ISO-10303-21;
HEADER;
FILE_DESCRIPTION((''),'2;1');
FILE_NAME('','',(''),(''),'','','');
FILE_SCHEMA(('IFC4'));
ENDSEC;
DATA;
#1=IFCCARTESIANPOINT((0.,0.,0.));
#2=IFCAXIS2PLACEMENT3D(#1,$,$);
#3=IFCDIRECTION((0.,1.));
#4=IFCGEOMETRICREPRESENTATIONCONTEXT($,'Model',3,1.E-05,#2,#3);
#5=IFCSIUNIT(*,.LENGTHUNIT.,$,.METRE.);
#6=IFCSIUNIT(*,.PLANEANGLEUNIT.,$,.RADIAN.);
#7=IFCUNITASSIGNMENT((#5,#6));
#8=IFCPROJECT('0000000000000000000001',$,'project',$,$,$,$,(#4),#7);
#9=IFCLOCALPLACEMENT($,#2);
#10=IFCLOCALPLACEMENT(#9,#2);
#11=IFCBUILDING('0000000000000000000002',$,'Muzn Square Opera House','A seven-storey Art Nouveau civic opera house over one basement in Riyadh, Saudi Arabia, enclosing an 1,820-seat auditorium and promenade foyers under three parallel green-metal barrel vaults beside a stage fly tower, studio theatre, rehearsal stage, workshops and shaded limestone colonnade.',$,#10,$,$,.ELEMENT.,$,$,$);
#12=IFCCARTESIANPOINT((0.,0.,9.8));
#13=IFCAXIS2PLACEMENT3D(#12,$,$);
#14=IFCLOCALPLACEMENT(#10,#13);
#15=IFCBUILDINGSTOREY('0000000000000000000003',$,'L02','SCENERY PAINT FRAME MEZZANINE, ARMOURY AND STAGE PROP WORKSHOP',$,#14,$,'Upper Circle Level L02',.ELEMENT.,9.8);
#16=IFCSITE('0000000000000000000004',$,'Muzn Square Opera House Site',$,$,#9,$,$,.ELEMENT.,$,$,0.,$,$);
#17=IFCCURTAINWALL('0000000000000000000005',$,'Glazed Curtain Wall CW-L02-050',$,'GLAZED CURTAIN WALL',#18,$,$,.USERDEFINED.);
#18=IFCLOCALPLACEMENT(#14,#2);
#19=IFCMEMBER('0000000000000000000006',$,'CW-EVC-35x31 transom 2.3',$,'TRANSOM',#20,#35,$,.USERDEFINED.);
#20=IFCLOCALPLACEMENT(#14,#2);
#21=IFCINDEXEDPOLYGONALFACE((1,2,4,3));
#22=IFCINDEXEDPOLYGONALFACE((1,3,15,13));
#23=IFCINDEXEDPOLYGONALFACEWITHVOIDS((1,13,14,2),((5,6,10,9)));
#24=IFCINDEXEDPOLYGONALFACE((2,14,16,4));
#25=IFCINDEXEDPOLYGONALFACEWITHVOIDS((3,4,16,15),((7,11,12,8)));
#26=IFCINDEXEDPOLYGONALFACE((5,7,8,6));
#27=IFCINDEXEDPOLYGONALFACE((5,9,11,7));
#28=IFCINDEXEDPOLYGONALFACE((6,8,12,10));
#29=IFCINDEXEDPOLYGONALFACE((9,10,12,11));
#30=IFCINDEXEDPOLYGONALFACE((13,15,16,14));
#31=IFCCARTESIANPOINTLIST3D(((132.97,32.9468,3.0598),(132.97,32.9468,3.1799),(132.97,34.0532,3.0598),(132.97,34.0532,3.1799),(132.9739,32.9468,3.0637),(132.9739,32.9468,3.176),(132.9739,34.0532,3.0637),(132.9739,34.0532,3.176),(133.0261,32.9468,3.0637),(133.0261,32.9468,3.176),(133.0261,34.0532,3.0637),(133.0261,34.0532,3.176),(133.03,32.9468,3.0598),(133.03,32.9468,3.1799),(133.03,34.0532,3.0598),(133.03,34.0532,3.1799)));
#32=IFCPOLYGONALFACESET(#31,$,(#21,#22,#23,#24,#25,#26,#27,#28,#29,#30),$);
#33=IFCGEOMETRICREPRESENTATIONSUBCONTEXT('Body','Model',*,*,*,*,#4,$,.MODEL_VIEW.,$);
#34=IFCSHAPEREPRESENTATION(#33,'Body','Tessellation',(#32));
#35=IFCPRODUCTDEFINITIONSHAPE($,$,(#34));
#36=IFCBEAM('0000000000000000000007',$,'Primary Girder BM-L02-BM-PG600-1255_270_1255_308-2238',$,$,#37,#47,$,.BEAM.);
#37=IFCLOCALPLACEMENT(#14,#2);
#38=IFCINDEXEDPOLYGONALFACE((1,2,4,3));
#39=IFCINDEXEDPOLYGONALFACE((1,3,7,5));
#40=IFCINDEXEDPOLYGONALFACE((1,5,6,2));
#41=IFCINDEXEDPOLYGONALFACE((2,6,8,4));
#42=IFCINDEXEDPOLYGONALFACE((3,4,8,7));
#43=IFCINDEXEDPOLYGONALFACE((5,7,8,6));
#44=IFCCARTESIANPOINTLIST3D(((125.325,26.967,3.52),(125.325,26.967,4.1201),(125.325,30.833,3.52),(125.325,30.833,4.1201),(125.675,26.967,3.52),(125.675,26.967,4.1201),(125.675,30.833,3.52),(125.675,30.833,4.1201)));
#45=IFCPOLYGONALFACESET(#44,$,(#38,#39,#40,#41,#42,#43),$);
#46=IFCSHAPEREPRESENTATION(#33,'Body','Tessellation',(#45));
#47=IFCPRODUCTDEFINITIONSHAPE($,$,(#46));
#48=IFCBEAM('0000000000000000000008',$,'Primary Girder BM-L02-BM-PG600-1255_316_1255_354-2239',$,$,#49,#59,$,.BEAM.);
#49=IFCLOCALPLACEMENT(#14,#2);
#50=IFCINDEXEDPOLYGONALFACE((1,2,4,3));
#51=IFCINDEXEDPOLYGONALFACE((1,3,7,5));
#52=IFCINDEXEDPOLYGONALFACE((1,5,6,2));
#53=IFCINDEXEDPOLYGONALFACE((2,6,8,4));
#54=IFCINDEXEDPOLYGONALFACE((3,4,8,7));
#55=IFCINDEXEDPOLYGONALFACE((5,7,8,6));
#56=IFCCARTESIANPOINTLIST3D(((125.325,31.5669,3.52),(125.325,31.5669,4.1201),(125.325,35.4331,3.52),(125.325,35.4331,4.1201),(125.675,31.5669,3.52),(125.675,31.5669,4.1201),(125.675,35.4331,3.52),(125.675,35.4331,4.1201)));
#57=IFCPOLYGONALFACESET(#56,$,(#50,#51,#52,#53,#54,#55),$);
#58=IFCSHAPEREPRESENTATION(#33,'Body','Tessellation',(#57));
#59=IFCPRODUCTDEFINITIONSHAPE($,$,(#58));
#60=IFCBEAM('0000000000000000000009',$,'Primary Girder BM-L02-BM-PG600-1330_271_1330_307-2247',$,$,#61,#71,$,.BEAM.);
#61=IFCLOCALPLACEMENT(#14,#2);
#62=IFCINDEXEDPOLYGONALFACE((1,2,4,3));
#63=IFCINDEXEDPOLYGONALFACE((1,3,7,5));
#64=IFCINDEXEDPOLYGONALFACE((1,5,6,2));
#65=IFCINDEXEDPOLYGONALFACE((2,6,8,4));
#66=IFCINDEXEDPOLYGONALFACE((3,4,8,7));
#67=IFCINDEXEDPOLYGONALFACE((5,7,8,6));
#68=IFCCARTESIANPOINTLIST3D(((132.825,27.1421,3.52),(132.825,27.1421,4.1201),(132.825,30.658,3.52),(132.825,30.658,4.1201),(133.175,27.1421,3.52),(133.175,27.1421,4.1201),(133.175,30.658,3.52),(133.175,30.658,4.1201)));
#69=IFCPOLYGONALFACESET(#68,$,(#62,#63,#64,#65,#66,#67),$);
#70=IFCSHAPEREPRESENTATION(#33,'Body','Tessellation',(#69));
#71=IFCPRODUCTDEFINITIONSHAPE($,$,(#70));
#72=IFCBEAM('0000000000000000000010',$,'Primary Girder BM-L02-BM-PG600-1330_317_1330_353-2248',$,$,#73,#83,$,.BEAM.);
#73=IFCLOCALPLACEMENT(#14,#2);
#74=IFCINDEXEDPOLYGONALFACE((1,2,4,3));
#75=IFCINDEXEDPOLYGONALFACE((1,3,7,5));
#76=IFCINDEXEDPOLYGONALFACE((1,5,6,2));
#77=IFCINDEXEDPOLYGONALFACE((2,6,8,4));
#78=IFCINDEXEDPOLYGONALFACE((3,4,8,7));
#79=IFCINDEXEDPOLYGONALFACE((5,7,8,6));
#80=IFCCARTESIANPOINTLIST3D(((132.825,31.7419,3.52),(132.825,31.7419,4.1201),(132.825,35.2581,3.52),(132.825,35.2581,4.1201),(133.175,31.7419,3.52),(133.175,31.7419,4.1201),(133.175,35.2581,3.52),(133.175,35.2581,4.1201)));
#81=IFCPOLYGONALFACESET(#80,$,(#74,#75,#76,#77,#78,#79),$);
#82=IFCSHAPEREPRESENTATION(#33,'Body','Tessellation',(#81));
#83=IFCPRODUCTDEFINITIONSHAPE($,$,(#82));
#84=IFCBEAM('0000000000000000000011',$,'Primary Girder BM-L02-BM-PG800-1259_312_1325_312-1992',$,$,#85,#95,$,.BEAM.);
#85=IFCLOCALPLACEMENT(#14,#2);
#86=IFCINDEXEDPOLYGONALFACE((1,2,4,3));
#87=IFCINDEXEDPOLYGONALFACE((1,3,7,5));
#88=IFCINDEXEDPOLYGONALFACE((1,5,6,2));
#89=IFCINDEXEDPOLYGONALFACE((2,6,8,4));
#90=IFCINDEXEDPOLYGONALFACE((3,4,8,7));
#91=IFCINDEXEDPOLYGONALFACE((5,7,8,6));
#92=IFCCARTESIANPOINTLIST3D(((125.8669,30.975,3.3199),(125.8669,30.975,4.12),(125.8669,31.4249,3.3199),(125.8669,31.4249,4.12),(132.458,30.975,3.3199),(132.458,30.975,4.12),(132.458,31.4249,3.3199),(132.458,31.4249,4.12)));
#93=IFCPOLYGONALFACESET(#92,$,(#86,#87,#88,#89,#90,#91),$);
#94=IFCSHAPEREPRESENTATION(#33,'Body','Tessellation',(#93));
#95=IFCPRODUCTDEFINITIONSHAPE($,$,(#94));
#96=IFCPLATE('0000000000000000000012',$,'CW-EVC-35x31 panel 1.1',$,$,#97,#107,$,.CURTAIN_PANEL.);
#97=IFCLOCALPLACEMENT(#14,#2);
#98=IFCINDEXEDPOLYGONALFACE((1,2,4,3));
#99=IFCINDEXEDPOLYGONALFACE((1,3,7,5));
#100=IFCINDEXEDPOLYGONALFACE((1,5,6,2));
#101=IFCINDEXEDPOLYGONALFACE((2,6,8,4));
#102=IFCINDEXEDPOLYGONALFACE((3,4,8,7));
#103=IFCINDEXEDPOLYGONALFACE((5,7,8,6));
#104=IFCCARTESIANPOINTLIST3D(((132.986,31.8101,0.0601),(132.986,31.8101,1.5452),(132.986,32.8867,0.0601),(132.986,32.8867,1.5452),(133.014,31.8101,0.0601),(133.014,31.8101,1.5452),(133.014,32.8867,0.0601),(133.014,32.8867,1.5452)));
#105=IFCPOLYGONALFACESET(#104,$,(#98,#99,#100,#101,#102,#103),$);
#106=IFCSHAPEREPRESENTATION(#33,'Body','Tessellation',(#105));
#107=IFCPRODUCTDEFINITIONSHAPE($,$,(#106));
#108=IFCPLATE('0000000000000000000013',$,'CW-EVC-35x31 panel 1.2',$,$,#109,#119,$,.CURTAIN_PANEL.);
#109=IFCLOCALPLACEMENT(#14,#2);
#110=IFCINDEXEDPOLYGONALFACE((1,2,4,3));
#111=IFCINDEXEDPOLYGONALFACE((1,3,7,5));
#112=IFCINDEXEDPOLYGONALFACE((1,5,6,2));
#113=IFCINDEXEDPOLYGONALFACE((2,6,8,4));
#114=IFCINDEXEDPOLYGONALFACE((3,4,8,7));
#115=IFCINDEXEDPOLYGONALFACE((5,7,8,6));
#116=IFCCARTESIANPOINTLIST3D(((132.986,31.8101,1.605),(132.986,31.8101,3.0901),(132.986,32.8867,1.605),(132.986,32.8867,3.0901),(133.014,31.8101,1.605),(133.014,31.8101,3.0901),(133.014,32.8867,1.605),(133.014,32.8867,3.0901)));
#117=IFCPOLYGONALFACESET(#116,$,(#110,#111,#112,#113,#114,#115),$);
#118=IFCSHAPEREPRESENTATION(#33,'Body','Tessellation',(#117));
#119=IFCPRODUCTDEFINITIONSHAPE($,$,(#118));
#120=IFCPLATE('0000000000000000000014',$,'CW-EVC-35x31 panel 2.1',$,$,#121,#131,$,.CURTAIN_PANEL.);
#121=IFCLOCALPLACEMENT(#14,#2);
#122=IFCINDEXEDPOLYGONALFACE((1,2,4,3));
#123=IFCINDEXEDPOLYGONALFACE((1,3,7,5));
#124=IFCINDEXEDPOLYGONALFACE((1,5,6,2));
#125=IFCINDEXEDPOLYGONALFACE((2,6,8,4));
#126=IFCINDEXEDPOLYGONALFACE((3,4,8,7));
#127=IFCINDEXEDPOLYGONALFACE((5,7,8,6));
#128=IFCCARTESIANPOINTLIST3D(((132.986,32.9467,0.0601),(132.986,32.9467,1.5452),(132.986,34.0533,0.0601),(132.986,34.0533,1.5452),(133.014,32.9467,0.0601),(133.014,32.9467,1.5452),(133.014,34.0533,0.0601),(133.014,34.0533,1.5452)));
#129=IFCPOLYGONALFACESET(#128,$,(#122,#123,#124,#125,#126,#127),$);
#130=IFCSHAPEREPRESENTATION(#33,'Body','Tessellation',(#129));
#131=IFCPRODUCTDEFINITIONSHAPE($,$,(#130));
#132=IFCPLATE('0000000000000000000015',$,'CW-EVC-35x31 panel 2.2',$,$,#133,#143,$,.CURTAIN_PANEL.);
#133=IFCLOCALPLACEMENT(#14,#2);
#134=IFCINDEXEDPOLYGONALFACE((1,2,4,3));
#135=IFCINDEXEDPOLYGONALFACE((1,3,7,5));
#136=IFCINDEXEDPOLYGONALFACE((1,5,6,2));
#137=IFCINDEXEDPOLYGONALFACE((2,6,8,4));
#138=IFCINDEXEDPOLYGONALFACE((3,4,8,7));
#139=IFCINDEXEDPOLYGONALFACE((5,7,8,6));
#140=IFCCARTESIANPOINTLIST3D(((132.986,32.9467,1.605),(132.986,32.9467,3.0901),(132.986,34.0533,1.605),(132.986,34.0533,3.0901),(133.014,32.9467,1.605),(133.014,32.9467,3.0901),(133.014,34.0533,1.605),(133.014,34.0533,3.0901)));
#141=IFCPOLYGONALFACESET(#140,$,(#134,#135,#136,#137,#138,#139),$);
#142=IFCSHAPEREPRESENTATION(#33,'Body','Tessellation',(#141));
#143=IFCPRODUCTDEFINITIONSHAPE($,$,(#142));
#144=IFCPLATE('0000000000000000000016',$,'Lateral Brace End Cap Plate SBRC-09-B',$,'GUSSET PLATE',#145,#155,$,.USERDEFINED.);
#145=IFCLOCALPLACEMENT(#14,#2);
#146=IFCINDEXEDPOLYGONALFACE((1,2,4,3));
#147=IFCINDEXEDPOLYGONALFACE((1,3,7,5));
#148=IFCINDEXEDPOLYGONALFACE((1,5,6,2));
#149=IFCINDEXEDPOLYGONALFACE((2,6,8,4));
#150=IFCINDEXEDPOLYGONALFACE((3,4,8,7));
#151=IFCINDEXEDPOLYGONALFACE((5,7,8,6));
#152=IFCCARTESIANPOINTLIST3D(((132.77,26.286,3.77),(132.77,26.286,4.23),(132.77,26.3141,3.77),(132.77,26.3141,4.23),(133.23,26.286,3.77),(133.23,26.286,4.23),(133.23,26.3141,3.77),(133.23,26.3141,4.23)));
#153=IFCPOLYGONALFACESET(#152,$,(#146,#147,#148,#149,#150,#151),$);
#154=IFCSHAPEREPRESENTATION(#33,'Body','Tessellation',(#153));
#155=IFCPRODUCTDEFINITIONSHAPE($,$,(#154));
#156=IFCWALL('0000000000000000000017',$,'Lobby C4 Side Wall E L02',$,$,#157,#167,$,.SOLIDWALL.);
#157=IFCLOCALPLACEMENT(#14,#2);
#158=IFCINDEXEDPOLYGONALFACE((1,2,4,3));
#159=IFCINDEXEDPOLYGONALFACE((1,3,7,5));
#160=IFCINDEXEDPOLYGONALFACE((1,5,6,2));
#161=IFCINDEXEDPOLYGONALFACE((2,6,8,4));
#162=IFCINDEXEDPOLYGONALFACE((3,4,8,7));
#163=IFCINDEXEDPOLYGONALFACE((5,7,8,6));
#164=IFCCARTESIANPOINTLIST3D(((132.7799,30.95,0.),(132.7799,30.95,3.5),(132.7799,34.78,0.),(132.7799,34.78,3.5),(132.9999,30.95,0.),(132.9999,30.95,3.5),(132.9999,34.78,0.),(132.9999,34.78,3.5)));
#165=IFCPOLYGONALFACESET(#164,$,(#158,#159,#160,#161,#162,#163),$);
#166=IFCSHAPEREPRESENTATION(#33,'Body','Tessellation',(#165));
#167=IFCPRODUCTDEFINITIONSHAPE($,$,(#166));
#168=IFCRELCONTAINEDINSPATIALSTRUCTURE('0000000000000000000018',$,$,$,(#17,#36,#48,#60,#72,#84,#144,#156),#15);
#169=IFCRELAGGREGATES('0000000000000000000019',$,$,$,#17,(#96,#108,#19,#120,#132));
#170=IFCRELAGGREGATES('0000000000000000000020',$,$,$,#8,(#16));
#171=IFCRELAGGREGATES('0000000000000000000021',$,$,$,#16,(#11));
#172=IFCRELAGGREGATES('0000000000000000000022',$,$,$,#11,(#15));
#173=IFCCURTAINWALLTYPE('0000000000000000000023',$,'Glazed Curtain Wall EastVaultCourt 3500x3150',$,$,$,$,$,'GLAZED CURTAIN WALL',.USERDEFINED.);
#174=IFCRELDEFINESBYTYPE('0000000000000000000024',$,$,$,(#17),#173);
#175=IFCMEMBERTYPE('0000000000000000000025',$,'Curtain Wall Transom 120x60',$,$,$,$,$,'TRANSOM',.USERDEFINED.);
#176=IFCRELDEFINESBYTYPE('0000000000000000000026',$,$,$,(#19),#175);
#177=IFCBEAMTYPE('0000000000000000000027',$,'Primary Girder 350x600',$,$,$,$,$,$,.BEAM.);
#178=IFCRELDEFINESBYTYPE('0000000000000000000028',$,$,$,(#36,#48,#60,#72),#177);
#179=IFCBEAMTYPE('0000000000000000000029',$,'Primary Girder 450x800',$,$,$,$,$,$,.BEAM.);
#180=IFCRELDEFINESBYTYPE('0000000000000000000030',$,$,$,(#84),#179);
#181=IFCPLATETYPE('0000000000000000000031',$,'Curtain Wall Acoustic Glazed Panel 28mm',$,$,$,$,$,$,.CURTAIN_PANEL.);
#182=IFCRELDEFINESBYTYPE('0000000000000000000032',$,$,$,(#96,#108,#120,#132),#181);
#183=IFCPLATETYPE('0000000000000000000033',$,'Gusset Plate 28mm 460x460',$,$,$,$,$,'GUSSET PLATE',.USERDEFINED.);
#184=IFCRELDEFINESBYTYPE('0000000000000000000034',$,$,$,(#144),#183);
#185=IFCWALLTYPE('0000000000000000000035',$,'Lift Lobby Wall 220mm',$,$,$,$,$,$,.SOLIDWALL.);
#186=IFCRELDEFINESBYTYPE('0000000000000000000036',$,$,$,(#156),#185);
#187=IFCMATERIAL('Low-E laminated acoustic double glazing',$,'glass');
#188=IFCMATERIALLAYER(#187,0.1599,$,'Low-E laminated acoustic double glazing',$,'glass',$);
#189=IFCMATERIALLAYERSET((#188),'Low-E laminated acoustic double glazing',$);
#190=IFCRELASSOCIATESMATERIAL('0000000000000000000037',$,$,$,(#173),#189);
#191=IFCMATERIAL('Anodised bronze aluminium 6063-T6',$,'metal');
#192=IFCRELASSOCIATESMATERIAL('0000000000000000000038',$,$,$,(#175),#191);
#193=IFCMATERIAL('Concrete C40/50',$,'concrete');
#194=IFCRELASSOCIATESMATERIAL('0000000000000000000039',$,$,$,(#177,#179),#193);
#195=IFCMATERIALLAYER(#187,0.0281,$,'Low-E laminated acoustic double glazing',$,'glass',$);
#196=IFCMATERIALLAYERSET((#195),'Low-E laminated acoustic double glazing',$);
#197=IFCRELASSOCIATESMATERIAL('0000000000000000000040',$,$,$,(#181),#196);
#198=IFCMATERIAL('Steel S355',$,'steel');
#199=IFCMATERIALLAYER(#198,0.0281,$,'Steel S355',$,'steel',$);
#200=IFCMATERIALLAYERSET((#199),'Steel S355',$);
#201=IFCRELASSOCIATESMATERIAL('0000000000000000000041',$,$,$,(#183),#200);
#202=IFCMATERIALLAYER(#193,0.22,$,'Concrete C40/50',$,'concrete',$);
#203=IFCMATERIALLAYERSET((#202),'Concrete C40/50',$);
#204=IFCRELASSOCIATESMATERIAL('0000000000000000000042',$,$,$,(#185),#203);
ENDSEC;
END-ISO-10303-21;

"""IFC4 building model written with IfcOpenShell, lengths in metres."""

from ifc_helpers import new_model, si_unit, direction, frame, frame_2d, origin, origin_2d, place, context, subcontext, project, spatial, rectangle, hollow_rectangle, extrude, material, layer, layer_set, material_profile, profile_set, type_object, element, aggregate, save


model = new_model("IFC4")

# Units and contexts
model_context = context("Model", 3, precision=1e-05, world=origin(), true_north=direction((0.0, 1.0)))
body_context = subcontext(model_context, "Body", "Model", "MODEL_VIEW")
ifc_project = project(units=[si_unit("LENGTHUNIT", "METRE"), si_unit("PLANEANGLEUNIT", "RADIAN")], contexts=[model_context])

# Site, building, storey
site_placement = place(None, origin())
site = spatial("IfcSite", under=ifc_project, at=site_placement, Name="Muzn Square Opera House Site", CompositionType="ELEMENT", RefElevation=0.0)
building_placement = place(site_placement, origin())
building = spatial("IfcBuilding", under=site, at=building_placement, Name="Muzn Square Opera House", Description="A seven-storey Art Nouveau civic opera house over one basement in Riyadh, Saudi Arabia, enclosing an 1,820-seat auditorium and promenade foyers under three parallel green-metal barrel vaults beside a stage fly tower, studio theatre, rehearsal stage, workshops and shaded limestone colonnade.", CompositionType="ELEMENT")
storey_placement = place(building_placement, frame((0.0, 0.0, 9.8)))
storey = spatial("IfcBuildingStorey", under=building, at=storey_placement, Name="L02", Description="SCENERY PAINT FRAME MEZZANINE, ARMOURY AND STAGE PROP WORKSHOP", LongName="Upper Circle Level L02", CompositionType="ELEMENT", Elevation=9.8)

# Curtain wall, member
ifc_material_1 = material(Name="Low-E laminated acoustic double glazing", Category="glass")
ifc_layer_1 = layer(ifc_material_1, 0.1599, Name="Low-E laminated acoustic double glazing", Category="glass")
ifc_layer_set_1 = layer_set([ifc_layer_1], Name="Low-E laminated acoustic double glazing")
curtain_wall_type = type_object("IfcCurtainWallType", Name="Glazed Curtain Wall EastVaultCourt 3500x3150", ElementType="GLAZED CURTAIN WALL", PredefinedType="USERDEFINED", material=ifc_layer_set_1)
curtain_wall_placement = place(storey_placement, origin())
curtain_wall = element("IfcCurtainWall", 1, at=curtain_wall_placement, inside=storey, type_object=curtain_wall_type, Name="Glazed Curtain Wall CW-L02-050", ObjectType="GLAZED CURTAIN WALL", PredefinedType="USERDEFINED")
ifc_material_2 = material(Name="Anodised bronze aluminium 6063-T6", Category="metal")
ifc_material_profile_1 = material_profile(ifc_material_2, hollow_rectangle(XDim=0.0601, YDim=0.1201, WallThickness=0.0039, at=origin_2d()), Name="ALU 120x60x4", Category="metal")
ifc_profile_set_1 = profile_set([ifc_material_profile_1], Name="Anodised bronze aluminium 6063-T6")
member_type_1 = type_object("IfcMemberType", Name="Curtain Wall Transom 120x60", ElementType="TRANSOM", PredefinedType="USERDEFINED", material=ifc_profile_set_1)
member_1_placement = place(storey_placement, frame((133.0, 32.9468, 3.1199), z_axis=(0.0, 1.0, 0.0), x_axis=(-1.0, 0.0, 0.0)))
member_1 = element("IfcMember", 2, at=member_1_placement, type_object=member_type_1, Name="CW-EVC-35x31 transom 2.3", ObjectType="TRANSOM", PredefinedType="USERDEFINED", context=body_context, shape_type="SweptSolid", body=[
    extrude(hollow_rectangle(XDim=0.0601, YDim=0.1201, WallThickness=0.0039, at=origin_2d()), origin(), (0.0, 0.0, 1.0), 1.1064),
])

# Beams
ifc_material_3 = material(Name="Concrete C40/50", Category="concrete")
ifc_material_profile_2 = material_profile(ifc_material_3, rectangle(XDim=0.3501, YDim=0.6001, at=origin_2d()), Name="RCB 350x600", Category="concrete")
ifc_profile_set_2 = profile_set([ifc_material_profile_2], Name="Concrete C40/50")
beam_type_1 = type_object("IfcBeamType", Name="Primary Girder 350x600", PredefinedType="BEAM", material=ifc_profile_set_2)
beam_1_placement = place(storey_placement, frame((125.5, 26.967, 3.8201), z_axis=(0.0, 1.0, 0.0), x_axis=(-1.0, 0.0, 0.0)))
element("IfcBeam", 3, at=beam_1_placement, inside=storey, type_object=beam_type_1, Name="Primary Girder BM-L02-BM-PG600-1255_270_1255_308-2238", PredefinedType="BEAM", context=body_context, shape_type="SweptSolid", body=[
    extrude(rectangle(XDim=0.3501, YDim=0.6001, at=origin_2d()), origin(), (0.0, 0.0, 1.0), 3.866),
])
beam_2_placement = place(storey_placement, frame((125.5, 31.5669, 3.8201), z_axis=(0.0, 1.0, 0.0), x_axis=(-1.0, 0.0, 0.0)))
element("IfcBeam", 4, at=beam_2_placement, inside=storey, type_object=beam_type_1, Name="Primary Girder BM-L02-BM-PG600-1255_316_1255_354-2239", PredefinedType="BEAM", context=body_context, shape_type="SweptSolid", body=[
    extrude(rectangle(XDim=0.3501, YDim=0.6001, at=origin_2d()), origin(), (0.0, 0.0, 1.0), 3.8662),
])
beam_3_placement = place(storey_placement, frame((133.0, 27.1421, 3.8201), z_axis=(0.0, 1.0, 0.0), x_axis=(-1.0, 0.0, 0.0)))
element("IfcBeam", 5, at=beam_3_placement, inside=storey, type_object=beam_type_1, Name="Primary Girder BM-L02-BM-PG600-1330_271_1330_307-2247", PredefinedType="BEAM", context=body_context, shape_type="SweptSolid", body=[
    extrude(rectangle(XDim=0.3501, YDim=0.6001, at=origin_2d()), origin(), (0.0, 0.0, 1.0), 3.5159),
])
beam_4_placement = place(storey_placement, frame((133.0, 31.7419, 3.8201), z_axis=(0.0, 1.0, 0.0), x_axis=(-1.0, 0.0, 0.0)))
element("IfcBeam", 6, at=beam_4_placement, inside=storey, type_object=beam_type_1, Name="Primary Girder BM-L02-BM-PG600-1330_317_1330_353-2248", PredefinedType="BEAM", context=body_context, shape_type="SweptSolid", body=[
    extrude(rectangle(XDim=0.3501, YDim=0.6001, at=origin_2d()), origin(), (0.0, 0.0, 1.0), 3.5161),
])
ifc_material_profile_3 = material_profile(ifc_material_3, rectangle(XDim=0.45, YDim=0.8, at=origin_2d()), Name="RCB 450x800", Category="concrete")
ifc_profile_set_3 = profile_set([ifc_material_profile_3], Name="Concrete C40/50")
beam_type_2 = type_object("IfcBeamType", Name="Primary Girder 450x800", PredefinedType="BEAM", material=ifc_profile_set_3)
beam_5_placement = place(storey_placement, frame((125.8669, 31.2, 3.72), z_axis=(1.0, 0.0, 0.0), x_axis=(0.0, 1.0, 0.0)))
element("IfcBeam", 7, at=beam_5_placement, inside=storey, type_object=beam_type_2, Name="Primary Girder BM-L02-BM-PG800-1259_312_1325_312-1992", PredefinedType="BEAM", context=body_context, shape_type="SweptSolid", body=[
    extrude(rectangle(XDim=0.45, YDim=0.8, at=origin_2d()), origin(), (0.0, 0.0, 1.0), 6.5911),
])

# Plates
ifc_layer_2 = layer(ifc_material_1, 0.0281, Name="Low-E laminated acoustic double glazing", Category="glass")
ifc_layer_set_2 = layer_set([ifc_layer_2], Name="Low-E laminated acoustic double glazing")
plate_type_1 = type_object("IfcPlateType", Name="Curtain Wall Acoustic Glazed Panel 28mm", PredefinedType="CURTAIN_PANEL", material=ifc_layer_set_2)
plate_1_placement = place(storey_placement, frame((133.0, 32.3484, 0.0601), z_axis=(0.0, 0.0, 1.0), x_axis=(0.0, 1.0, 0.0)))
plate_1 = element("IfcPlate", 8, at=plate_1_placement, type_object=plate_type_1, Name="CW-EVC-35x31 panel 1.1", PredefinedType="CURTAIN_PANEL", context=body_context, shape_type="SweptSolid", body=[
    extrude(rectangle(XDim=1.0767, YDim=0.0281, at=origin_2d()), origin(), (0.0, 0.0, 1.0), 1.4851),
])
plate_2_placement = place(storey_placement, frame((133.0, 32.3484, 1.605), z_axis=(0.0, 0.0, 1.0), x_axis=(0.0, 1.0, 0.0)))
plate_2 = element("IfcPlate", 9, at=plate_2_placement, type_object=plate_type_1, Name="CW-EVC-35x31 panel 1.2", PredefinedType="CURTAIN_PANEL", context=body_context, shape_type="SweptSolid", body=[
    extrude(rectangle(XDim=1.0767, YDim=0.0281, at=origin_2d()), origin(), (0.0, 0.0, 1.0), 1.4851),
])
plate_3_placement = place(storey_placement, frame((133.0, 33.5, 0.0601), z_axis=(0.0, 0.0, 1.0), x_axis=(0.0, 1.0, 0.0)))
plate_3 = element("IfcPlate", 10, at=plate_3_placement, type_object=plate_type_1, Name="CW-EVC-35x31 panel 2.1", PredefinedType="CURTAIN_PANEL", context=body_context, shape_type="SweptSolid", body=[
    extrude(rectangle(XDim=1.1067, YDim=0.0281, at=origin_2d()), origin(), (0.0, 0.0, 1.0), 1.4851),
])
plate_4_placement = place(storey_placement, frame((133.0, 33.5, 1.605), z_axis=(0.0, 0.0, 1.0), x_axis=(0.0, 1.0, 0.0)))
plate_4 = element("IfcPlate", 11, at=plate_4_placement, type_object=plate_type_1, Name="CW-EVC-35x31 panel 2.2", PredefinedType="CURTAIN_PANEL", context=body_context, shape_type="SweptSolid", body=[
    extrude(rectangle(XDim=1.1067, YDim=0.0281, at=origin_2d()), origin(), (0.0, 0.0, 1.0), 1.4851),
])
aggregate(curtain_wall, [plate_1, plate_2, member_1, plate_3, plate_4])
ifc_material_4 = material(Name="Steel S355", Category="steel")
ifc_layer_3 = layer(ifc_material_4, 0.0281, Name="Steel S355", Category="steel")
ifc_layer_set_3 = layer_set([ifc_layer_3], Name="Steel S355")
plate_type_2 = type_object("IfcPlateType", Name="Gusset Plate 28mm 460x460", ElementType="GUSSET PLATE", PredefinedType="USERDEFINED", material=ifc_layer_set_3)
plate_5_placement = place(storey_placement, frame((133.0, 26.3, 3.77), z_axis=(0.0, 0.0, 1.0), x_axis=(1.0, 0.0, 0.0)))
element("IfcPlate", 12, at=plate_5_placement, inside=storey, type_object=plate_type_2, Name="Lateral Brace End Cap Plate SBRC-09-B", ObjectType="GUSSET PLATE", PredefinedType="USERDEFINED", context=body_context, shape_type="SweptSolid", body=[
    extrude(rectangle(XDim=0.46, YDim=0.0281, at=origin_2d()), origin(), (0.0, 0.0, 1.0), 0.46),
])

# Shared definitions
ifc_layer_4 = layer(ifc_material_3, 0.22, Name="Concrete C40/50", Category="concrete")
ifc_layer_set_4 = layer_set([ifc_layer_4], Name="Concrete C40/50")
wall_type_1 = type_object("IfcWallType", Name="Lift Lobby Wall 220mm", PredefinedType="SOLIDWALL", material=ifc_layer_set_4)

# Wall
wall_1_placement = place(storey_placement, frame((132.8899, 30.95, 0.0), z_axis=(0.0, 0.0, 1.0), x_axis=(0.0, 1.0, 0.0)))
element("IfcWall", 13, at=wall_1_placement, inside=storey, type_object=wall_type_1, Name="Lobby C4 Side Wall E L02", PredefinedType="SOLIDWALL", context=body_context, shape_type="SweptSolid", body=[
    extrude(rectangle(XDim=3.8301, YDim=0.22, at=frame_2d((1.915, 0.0))), origin(), (0.0, 0.0, 1.0), 3.5),
])

save(model, "model.ifc")
